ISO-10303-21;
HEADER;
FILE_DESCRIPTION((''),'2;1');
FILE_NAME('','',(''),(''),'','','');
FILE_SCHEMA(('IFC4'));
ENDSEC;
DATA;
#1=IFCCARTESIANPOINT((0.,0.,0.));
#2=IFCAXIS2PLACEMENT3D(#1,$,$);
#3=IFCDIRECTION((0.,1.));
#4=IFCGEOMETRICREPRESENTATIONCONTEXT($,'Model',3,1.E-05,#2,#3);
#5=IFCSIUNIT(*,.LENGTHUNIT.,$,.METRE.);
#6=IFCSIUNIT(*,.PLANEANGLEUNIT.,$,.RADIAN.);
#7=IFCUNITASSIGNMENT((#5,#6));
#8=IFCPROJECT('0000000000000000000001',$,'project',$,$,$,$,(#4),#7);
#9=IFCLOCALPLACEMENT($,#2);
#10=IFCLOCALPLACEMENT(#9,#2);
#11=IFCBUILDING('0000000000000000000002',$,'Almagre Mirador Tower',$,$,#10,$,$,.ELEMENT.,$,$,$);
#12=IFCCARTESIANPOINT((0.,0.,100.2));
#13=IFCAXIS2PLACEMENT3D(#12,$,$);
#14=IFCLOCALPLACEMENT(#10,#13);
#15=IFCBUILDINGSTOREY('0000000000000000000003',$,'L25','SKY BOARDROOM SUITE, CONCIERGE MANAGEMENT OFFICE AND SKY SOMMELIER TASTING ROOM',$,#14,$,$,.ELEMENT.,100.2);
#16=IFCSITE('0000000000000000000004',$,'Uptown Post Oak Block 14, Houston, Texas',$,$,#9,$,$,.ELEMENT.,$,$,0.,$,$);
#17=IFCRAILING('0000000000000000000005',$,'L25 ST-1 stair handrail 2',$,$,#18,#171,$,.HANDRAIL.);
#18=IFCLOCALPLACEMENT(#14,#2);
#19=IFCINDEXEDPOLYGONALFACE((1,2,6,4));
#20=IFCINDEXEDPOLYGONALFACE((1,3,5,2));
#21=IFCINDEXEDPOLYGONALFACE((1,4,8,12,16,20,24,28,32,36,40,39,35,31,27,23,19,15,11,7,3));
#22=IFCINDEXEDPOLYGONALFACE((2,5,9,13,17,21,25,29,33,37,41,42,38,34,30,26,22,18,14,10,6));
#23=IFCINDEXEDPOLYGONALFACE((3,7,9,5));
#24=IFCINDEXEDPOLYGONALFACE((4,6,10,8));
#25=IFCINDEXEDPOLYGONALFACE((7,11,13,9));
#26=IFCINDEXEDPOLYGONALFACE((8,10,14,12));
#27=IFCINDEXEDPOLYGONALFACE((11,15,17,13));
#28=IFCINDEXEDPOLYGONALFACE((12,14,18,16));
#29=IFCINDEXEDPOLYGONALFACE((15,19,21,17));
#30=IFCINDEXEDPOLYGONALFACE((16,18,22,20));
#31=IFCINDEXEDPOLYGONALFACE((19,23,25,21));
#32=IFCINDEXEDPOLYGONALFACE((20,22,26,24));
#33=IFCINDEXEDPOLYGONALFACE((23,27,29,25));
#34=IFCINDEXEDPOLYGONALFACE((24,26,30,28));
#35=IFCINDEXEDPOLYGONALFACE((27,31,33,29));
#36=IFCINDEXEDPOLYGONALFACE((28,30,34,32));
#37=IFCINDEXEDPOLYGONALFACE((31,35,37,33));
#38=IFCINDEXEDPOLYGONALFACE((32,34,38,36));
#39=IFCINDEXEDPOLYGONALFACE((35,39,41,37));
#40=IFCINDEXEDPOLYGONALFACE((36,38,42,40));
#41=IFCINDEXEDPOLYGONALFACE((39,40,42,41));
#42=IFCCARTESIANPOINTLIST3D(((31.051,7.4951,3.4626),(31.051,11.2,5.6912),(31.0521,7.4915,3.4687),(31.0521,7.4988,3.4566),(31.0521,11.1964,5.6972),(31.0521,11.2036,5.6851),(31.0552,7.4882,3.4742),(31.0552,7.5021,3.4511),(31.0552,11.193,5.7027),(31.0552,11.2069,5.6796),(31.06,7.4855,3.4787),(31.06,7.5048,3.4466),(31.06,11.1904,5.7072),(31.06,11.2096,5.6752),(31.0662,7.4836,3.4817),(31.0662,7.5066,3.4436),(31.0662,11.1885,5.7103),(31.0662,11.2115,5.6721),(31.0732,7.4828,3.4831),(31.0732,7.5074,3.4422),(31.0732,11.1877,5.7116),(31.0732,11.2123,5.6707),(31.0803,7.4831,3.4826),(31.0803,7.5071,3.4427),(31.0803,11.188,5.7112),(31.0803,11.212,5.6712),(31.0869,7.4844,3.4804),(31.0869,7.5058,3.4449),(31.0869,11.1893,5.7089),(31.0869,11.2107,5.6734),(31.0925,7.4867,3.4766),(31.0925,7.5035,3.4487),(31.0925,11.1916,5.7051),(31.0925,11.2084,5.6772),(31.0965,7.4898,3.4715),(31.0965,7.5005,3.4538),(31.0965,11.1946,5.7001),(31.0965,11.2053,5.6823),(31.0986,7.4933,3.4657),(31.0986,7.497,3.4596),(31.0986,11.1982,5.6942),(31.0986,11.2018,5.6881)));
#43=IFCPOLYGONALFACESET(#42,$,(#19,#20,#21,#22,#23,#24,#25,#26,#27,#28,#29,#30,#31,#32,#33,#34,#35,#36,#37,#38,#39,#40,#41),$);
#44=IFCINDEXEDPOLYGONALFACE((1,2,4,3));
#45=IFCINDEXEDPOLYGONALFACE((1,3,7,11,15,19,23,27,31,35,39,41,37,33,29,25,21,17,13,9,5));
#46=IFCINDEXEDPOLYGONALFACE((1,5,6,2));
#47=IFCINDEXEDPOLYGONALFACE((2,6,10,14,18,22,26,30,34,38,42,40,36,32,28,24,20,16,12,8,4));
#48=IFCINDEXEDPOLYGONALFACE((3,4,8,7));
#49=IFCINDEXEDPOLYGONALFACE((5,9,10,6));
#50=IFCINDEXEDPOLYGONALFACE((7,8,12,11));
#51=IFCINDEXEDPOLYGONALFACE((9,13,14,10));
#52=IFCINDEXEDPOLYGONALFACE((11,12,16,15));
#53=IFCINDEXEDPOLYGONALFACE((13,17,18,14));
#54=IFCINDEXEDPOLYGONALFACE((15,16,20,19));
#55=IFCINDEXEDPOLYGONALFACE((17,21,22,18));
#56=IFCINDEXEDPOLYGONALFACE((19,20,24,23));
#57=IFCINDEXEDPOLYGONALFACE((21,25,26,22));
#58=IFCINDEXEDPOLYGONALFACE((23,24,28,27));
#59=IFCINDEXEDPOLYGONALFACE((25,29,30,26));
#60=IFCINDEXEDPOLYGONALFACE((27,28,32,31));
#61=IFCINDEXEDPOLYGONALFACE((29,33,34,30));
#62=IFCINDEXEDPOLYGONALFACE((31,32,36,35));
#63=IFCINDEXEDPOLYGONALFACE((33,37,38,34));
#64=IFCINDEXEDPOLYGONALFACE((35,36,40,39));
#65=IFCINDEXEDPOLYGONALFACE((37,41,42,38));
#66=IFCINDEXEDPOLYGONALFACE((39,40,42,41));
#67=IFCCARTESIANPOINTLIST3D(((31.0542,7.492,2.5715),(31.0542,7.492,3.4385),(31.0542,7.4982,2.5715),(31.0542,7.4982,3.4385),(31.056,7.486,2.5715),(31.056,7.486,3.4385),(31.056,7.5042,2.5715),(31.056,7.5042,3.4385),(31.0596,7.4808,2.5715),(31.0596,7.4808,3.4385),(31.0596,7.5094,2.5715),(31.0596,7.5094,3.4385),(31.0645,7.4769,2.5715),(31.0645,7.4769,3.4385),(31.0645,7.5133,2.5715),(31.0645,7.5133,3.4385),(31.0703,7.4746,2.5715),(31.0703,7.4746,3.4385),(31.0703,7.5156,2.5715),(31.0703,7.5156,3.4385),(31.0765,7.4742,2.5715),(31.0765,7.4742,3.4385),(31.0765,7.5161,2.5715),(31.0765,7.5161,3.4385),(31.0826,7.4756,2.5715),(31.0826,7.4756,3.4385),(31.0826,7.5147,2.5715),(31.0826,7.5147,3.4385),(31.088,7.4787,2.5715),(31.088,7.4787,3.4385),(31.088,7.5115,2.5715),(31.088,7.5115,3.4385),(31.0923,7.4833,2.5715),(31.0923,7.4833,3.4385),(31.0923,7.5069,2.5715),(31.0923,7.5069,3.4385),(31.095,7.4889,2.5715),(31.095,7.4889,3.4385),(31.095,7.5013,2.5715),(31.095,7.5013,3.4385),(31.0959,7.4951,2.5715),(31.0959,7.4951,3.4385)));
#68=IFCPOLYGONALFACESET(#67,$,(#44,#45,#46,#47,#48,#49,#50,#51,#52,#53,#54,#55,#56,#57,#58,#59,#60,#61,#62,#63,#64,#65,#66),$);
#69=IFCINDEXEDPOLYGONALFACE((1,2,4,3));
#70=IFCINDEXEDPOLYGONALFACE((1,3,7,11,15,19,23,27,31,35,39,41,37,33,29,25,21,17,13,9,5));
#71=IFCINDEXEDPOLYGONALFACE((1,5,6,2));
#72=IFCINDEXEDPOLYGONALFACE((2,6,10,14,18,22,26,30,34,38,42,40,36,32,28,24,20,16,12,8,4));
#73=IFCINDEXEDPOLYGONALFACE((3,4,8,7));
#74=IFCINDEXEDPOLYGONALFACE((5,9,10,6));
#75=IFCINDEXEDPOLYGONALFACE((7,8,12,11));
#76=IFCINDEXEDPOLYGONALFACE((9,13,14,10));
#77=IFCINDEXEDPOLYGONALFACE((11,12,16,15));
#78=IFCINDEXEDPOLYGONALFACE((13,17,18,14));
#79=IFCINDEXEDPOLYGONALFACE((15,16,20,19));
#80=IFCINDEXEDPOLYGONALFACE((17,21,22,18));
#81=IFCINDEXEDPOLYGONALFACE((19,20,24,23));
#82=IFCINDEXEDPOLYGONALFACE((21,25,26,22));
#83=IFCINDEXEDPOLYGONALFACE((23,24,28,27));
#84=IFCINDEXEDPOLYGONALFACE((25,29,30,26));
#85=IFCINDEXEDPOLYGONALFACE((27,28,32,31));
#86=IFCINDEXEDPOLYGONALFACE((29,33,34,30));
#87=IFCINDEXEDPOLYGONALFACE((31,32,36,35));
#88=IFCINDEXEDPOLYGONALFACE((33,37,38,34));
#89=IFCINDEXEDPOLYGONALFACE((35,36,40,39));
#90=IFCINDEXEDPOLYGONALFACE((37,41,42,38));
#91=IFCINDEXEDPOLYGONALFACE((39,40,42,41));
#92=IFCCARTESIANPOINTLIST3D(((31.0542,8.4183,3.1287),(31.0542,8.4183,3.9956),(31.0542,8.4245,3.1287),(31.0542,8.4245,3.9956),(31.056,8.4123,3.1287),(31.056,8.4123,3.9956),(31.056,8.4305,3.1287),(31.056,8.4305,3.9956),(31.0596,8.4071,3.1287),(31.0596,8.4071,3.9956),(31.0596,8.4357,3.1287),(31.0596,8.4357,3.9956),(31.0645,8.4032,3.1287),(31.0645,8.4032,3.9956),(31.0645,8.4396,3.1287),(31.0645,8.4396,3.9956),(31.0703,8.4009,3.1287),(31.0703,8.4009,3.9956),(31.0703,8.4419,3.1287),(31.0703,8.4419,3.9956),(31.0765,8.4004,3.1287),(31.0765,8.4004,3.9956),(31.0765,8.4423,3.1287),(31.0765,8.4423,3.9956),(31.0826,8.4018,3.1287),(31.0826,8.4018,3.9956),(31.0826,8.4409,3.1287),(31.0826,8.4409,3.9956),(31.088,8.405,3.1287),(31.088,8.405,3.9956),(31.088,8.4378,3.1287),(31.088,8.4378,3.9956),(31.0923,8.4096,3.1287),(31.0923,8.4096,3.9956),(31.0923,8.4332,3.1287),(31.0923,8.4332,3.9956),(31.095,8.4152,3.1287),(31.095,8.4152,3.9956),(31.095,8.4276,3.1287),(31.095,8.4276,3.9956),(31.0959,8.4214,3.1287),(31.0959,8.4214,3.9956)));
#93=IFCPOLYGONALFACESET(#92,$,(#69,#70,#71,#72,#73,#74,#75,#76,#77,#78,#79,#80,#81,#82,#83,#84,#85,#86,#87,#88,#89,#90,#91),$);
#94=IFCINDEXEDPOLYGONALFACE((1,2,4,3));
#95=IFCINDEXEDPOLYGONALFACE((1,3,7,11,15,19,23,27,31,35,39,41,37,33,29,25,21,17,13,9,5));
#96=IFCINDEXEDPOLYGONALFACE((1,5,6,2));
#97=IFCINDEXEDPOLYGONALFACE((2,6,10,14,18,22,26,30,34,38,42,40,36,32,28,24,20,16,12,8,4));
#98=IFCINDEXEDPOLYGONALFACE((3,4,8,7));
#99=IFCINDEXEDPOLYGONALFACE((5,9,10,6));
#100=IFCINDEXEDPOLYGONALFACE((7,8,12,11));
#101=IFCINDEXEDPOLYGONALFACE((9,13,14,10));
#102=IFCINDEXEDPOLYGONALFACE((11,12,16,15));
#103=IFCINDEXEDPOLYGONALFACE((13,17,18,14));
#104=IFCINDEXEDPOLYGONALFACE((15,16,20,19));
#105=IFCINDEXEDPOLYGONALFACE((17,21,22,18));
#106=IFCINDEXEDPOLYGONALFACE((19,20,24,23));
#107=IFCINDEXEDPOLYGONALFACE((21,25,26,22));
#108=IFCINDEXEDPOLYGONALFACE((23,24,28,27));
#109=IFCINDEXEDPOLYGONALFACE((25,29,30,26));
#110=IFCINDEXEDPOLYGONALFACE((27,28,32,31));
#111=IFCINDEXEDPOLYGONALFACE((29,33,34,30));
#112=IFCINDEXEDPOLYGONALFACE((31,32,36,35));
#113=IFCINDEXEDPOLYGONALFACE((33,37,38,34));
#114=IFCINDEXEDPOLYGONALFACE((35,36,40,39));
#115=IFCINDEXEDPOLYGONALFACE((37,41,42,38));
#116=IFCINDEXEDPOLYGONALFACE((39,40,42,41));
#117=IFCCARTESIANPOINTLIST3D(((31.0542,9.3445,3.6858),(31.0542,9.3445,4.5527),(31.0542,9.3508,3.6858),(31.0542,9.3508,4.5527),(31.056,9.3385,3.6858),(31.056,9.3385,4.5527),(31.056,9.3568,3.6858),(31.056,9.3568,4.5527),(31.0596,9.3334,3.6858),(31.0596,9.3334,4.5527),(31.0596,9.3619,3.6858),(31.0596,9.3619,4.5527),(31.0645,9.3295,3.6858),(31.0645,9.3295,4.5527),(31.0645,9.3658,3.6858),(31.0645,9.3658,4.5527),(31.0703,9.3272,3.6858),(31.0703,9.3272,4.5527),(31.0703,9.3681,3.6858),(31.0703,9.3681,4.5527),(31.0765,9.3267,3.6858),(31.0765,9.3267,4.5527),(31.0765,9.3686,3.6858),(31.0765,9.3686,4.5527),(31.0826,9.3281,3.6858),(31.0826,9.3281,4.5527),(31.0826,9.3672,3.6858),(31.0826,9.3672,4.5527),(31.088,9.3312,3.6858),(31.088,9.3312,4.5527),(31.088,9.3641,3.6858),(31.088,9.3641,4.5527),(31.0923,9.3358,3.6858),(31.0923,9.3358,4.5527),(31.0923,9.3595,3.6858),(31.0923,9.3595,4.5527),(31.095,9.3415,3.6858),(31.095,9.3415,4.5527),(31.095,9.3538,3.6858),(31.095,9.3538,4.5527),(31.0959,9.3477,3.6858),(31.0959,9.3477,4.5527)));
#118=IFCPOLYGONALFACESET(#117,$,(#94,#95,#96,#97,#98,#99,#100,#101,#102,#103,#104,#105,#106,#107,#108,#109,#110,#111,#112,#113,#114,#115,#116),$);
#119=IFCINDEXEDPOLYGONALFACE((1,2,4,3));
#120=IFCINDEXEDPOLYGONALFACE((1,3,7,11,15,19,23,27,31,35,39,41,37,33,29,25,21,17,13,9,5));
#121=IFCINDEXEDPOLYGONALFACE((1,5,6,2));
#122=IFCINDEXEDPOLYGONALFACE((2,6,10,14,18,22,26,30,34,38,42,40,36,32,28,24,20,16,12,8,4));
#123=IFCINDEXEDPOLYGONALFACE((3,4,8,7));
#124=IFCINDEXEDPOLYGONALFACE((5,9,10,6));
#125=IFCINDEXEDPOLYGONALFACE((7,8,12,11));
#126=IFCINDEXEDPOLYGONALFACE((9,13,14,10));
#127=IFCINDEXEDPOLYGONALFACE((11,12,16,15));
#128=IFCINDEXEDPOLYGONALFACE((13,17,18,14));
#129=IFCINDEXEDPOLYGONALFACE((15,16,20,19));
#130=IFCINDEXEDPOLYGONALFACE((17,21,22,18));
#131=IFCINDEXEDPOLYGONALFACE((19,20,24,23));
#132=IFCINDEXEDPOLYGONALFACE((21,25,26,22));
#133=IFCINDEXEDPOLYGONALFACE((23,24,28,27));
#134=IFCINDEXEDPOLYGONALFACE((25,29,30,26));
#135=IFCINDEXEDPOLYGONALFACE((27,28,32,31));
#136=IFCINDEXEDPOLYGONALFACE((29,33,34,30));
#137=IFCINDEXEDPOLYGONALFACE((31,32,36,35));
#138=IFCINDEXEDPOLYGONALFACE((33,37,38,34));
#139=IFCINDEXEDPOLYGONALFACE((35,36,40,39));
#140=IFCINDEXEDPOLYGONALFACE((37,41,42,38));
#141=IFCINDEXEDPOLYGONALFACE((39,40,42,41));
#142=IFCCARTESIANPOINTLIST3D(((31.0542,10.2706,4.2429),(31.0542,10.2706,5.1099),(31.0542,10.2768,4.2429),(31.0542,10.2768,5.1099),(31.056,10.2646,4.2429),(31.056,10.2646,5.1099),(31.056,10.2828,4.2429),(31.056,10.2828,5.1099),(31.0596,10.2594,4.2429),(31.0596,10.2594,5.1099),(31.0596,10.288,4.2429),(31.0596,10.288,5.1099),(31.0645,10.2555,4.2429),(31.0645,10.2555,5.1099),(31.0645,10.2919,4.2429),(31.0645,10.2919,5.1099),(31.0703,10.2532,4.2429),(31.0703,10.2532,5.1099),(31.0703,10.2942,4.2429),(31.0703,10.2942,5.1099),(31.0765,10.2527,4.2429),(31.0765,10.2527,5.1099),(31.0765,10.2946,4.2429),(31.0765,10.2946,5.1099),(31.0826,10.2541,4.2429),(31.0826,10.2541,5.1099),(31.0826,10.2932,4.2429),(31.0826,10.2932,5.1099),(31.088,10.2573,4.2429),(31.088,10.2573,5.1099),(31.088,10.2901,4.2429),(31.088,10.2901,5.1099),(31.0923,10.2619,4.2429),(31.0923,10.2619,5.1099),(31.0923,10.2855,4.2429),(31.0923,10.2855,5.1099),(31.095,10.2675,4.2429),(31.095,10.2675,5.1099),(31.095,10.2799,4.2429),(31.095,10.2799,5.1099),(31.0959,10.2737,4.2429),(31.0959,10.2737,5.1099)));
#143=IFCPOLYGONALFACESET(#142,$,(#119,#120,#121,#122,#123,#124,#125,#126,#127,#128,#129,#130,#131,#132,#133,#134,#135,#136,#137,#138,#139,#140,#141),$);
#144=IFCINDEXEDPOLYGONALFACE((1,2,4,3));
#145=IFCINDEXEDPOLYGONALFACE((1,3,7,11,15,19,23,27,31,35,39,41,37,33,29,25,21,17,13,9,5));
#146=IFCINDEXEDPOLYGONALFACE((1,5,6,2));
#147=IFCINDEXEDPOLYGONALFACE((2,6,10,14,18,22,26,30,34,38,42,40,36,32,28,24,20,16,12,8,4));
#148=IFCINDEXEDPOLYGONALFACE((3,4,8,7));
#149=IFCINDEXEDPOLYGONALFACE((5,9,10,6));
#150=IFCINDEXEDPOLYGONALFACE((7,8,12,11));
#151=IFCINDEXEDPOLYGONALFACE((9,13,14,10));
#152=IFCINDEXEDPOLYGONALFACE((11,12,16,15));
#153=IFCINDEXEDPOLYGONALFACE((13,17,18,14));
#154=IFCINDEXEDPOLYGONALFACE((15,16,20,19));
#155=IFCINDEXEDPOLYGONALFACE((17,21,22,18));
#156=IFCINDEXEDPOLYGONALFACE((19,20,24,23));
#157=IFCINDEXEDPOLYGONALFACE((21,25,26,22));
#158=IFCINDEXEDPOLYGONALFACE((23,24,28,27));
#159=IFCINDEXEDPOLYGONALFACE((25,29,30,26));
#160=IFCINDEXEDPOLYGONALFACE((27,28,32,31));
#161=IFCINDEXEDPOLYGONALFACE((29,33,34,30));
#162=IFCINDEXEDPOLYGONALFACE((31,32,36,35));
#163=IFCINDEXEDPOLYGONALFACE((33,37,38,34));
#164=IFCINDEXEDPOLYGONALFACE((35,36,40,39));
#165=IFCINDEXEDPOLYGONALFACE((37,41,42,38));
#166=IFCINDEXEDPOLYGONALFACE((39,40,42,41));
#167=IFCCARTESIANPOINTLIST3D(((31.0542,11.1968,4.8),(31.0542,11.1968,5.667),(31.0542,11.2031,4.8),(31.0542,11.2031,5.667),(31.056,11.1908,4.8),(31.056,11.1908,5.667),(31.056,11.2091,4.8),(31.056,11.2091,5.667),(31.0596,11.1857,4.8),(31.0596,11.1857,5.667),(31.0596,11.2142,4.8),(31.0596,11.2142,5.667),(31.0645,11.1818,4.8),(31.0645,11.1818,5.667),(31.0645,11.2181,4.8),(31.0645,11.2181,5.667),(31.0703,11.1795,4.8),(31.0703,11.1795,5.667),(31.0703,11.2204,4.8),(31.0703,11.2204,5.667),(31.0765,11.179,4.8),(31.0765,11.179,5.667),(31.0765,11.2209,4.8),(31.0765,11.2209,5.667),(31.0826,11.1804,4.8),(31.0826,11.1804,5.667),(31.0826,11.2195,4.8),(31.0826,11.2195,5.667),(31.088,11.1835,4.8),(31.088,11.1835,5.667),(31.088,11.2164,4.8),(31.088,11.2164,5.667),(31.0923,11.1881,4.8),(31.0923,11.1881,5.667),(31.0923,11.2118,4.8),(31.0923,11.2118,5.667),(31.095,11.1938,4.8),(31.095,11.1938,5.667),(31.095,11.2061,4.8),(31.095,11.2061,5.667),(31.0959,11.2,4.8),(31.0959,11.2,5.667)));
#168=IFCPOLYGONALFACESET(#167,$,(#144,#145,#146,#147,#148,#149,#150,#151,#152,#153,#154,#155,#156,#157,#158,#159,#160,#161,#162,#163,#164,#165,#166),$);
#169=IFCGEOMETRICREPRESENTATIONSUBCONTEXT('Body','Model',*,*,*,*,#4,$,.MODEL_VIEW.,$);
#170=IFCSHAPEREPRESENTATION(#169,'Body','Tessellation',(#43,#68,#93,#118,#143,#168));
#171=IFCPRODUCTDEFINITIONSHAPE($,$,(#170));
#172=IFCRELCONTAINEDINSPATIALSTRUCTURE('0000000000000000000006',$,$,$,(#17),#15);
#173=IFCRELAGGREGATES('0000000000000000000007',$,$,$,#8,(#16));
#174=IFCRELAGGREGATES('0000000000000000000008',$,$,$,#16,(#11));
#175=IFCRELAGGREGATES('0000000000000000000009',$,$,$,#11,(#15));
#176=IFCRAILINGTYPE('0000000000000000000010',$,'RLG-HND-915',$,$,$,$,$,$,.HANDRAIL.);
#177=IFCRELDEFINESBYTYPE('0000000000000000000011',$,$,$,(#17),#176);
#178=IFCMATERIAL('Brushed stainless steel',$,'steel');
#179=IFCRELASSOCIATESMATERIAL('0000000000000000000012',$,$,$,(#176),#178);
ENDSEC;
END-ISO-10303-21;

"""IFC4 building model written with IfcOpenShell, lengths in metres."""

from ifc_helpers import new_model, si_unit, direction, frame, origin, origin_2d, place, context, subcontext, project, spatial, circle, extrude, material, type_object, element, save


model = new_model("IFC4")

# Units and contexts
model_context = context("Model", 3, precision=1e-05, world=origin(), true_north=direction((0.0, 1.0)))
body_context = subcontext(model_context, "Body", "Model", "MODEL_VIEW")
ifc_project = project(units=[si_unit("LENGTHUNIT", "METRE"), si_unit("PLANEANGLEUNIT", "RADIAN")], contexts=[model_context])

# Site, building, storey
site_placement = place(None, origin())
site = spatial("IfcSite", under=ifc_project, at=site_placement, Name="Uptown Post Oak Block 14, Houston, Texas", CompositionType="ELEMENT", RefElevation=0.0)
building_placement = place(site_placement, origin())
building = spatial("IfcBuilding", under=site, at=building_placement, Name="Almagre Mirador Tower", CompositionType="ELEMENT")
storey_placement = place(building_placement, frame((0.0, 0.0, 100.2)))
storey = spatial("IfcBuildingStorey", under=building, at=storey_placement, Name="L25", Description="SKY BOARDROOM SUITE, CONCIERGE MANAGEMENT OFFICE AND SKY SOMMELIER TASTING ROOM", CompositionType="ELEMENT", Elevation=100.2)

# Railing
ifc_material_1 = material(Name="Brushed stainless steel", Category="steel")
railing_type_1 = type_object("IfcRailingType", Name="RLG-HND-915", PredefinedType="HANDRAIL", material=ifc_material_1)
railing_1_placement = place(storey_placement, frame((31.075, 7.4951, 2.5715)))
element("IfcRailing", 1, at=railing_1_placement, inside=storey, type_object=railing_type_1, Name="L25 ST-1 stair handrail 2", PredefinedType="HANDRAIL", context=body_context, shape_type="SweptSolid", body=[
    extrude(circle(Radius=0.0239, at=origin_2d()), frame((0.0, 0.0, 0.8911), z_axis=(0.0, 0.856919, 0.51545), x_axis=(-1.0, 0.0, 0.0)), (0.0, 0.0, 1.0), 4.3235),
    extrude(circle(Radius=0.021, at=origin_2d()), origin(), (0.0, 0.0, 1.0), 0.8669),
    extrude(circle(Radius=0.021, at=origin_2d()), frame((0.0, 0.9263, 0.5571)), (0.0, 0.0, 1.0), 0.8669),
    extrude(circle(Radius=0.021, at=origin_2d()), frame((0.0, 1.8525, 1.1143)), (0.0, 0.0, 1.0), 0.8669),
    extrude(circle(Radius=0.021, at=origin_2d()), frame((0.0, 2.7786, 1.6714)), (0.0, 0.0, 1.0), 0.8669),
    extrude(circle(Radius=0.021, at=origin_2d()), frame((0.0, 3.7048, 2.2285)), (0.0, 0.0, 1.0), 0.8669),
])

save(model, "model.ifc")
